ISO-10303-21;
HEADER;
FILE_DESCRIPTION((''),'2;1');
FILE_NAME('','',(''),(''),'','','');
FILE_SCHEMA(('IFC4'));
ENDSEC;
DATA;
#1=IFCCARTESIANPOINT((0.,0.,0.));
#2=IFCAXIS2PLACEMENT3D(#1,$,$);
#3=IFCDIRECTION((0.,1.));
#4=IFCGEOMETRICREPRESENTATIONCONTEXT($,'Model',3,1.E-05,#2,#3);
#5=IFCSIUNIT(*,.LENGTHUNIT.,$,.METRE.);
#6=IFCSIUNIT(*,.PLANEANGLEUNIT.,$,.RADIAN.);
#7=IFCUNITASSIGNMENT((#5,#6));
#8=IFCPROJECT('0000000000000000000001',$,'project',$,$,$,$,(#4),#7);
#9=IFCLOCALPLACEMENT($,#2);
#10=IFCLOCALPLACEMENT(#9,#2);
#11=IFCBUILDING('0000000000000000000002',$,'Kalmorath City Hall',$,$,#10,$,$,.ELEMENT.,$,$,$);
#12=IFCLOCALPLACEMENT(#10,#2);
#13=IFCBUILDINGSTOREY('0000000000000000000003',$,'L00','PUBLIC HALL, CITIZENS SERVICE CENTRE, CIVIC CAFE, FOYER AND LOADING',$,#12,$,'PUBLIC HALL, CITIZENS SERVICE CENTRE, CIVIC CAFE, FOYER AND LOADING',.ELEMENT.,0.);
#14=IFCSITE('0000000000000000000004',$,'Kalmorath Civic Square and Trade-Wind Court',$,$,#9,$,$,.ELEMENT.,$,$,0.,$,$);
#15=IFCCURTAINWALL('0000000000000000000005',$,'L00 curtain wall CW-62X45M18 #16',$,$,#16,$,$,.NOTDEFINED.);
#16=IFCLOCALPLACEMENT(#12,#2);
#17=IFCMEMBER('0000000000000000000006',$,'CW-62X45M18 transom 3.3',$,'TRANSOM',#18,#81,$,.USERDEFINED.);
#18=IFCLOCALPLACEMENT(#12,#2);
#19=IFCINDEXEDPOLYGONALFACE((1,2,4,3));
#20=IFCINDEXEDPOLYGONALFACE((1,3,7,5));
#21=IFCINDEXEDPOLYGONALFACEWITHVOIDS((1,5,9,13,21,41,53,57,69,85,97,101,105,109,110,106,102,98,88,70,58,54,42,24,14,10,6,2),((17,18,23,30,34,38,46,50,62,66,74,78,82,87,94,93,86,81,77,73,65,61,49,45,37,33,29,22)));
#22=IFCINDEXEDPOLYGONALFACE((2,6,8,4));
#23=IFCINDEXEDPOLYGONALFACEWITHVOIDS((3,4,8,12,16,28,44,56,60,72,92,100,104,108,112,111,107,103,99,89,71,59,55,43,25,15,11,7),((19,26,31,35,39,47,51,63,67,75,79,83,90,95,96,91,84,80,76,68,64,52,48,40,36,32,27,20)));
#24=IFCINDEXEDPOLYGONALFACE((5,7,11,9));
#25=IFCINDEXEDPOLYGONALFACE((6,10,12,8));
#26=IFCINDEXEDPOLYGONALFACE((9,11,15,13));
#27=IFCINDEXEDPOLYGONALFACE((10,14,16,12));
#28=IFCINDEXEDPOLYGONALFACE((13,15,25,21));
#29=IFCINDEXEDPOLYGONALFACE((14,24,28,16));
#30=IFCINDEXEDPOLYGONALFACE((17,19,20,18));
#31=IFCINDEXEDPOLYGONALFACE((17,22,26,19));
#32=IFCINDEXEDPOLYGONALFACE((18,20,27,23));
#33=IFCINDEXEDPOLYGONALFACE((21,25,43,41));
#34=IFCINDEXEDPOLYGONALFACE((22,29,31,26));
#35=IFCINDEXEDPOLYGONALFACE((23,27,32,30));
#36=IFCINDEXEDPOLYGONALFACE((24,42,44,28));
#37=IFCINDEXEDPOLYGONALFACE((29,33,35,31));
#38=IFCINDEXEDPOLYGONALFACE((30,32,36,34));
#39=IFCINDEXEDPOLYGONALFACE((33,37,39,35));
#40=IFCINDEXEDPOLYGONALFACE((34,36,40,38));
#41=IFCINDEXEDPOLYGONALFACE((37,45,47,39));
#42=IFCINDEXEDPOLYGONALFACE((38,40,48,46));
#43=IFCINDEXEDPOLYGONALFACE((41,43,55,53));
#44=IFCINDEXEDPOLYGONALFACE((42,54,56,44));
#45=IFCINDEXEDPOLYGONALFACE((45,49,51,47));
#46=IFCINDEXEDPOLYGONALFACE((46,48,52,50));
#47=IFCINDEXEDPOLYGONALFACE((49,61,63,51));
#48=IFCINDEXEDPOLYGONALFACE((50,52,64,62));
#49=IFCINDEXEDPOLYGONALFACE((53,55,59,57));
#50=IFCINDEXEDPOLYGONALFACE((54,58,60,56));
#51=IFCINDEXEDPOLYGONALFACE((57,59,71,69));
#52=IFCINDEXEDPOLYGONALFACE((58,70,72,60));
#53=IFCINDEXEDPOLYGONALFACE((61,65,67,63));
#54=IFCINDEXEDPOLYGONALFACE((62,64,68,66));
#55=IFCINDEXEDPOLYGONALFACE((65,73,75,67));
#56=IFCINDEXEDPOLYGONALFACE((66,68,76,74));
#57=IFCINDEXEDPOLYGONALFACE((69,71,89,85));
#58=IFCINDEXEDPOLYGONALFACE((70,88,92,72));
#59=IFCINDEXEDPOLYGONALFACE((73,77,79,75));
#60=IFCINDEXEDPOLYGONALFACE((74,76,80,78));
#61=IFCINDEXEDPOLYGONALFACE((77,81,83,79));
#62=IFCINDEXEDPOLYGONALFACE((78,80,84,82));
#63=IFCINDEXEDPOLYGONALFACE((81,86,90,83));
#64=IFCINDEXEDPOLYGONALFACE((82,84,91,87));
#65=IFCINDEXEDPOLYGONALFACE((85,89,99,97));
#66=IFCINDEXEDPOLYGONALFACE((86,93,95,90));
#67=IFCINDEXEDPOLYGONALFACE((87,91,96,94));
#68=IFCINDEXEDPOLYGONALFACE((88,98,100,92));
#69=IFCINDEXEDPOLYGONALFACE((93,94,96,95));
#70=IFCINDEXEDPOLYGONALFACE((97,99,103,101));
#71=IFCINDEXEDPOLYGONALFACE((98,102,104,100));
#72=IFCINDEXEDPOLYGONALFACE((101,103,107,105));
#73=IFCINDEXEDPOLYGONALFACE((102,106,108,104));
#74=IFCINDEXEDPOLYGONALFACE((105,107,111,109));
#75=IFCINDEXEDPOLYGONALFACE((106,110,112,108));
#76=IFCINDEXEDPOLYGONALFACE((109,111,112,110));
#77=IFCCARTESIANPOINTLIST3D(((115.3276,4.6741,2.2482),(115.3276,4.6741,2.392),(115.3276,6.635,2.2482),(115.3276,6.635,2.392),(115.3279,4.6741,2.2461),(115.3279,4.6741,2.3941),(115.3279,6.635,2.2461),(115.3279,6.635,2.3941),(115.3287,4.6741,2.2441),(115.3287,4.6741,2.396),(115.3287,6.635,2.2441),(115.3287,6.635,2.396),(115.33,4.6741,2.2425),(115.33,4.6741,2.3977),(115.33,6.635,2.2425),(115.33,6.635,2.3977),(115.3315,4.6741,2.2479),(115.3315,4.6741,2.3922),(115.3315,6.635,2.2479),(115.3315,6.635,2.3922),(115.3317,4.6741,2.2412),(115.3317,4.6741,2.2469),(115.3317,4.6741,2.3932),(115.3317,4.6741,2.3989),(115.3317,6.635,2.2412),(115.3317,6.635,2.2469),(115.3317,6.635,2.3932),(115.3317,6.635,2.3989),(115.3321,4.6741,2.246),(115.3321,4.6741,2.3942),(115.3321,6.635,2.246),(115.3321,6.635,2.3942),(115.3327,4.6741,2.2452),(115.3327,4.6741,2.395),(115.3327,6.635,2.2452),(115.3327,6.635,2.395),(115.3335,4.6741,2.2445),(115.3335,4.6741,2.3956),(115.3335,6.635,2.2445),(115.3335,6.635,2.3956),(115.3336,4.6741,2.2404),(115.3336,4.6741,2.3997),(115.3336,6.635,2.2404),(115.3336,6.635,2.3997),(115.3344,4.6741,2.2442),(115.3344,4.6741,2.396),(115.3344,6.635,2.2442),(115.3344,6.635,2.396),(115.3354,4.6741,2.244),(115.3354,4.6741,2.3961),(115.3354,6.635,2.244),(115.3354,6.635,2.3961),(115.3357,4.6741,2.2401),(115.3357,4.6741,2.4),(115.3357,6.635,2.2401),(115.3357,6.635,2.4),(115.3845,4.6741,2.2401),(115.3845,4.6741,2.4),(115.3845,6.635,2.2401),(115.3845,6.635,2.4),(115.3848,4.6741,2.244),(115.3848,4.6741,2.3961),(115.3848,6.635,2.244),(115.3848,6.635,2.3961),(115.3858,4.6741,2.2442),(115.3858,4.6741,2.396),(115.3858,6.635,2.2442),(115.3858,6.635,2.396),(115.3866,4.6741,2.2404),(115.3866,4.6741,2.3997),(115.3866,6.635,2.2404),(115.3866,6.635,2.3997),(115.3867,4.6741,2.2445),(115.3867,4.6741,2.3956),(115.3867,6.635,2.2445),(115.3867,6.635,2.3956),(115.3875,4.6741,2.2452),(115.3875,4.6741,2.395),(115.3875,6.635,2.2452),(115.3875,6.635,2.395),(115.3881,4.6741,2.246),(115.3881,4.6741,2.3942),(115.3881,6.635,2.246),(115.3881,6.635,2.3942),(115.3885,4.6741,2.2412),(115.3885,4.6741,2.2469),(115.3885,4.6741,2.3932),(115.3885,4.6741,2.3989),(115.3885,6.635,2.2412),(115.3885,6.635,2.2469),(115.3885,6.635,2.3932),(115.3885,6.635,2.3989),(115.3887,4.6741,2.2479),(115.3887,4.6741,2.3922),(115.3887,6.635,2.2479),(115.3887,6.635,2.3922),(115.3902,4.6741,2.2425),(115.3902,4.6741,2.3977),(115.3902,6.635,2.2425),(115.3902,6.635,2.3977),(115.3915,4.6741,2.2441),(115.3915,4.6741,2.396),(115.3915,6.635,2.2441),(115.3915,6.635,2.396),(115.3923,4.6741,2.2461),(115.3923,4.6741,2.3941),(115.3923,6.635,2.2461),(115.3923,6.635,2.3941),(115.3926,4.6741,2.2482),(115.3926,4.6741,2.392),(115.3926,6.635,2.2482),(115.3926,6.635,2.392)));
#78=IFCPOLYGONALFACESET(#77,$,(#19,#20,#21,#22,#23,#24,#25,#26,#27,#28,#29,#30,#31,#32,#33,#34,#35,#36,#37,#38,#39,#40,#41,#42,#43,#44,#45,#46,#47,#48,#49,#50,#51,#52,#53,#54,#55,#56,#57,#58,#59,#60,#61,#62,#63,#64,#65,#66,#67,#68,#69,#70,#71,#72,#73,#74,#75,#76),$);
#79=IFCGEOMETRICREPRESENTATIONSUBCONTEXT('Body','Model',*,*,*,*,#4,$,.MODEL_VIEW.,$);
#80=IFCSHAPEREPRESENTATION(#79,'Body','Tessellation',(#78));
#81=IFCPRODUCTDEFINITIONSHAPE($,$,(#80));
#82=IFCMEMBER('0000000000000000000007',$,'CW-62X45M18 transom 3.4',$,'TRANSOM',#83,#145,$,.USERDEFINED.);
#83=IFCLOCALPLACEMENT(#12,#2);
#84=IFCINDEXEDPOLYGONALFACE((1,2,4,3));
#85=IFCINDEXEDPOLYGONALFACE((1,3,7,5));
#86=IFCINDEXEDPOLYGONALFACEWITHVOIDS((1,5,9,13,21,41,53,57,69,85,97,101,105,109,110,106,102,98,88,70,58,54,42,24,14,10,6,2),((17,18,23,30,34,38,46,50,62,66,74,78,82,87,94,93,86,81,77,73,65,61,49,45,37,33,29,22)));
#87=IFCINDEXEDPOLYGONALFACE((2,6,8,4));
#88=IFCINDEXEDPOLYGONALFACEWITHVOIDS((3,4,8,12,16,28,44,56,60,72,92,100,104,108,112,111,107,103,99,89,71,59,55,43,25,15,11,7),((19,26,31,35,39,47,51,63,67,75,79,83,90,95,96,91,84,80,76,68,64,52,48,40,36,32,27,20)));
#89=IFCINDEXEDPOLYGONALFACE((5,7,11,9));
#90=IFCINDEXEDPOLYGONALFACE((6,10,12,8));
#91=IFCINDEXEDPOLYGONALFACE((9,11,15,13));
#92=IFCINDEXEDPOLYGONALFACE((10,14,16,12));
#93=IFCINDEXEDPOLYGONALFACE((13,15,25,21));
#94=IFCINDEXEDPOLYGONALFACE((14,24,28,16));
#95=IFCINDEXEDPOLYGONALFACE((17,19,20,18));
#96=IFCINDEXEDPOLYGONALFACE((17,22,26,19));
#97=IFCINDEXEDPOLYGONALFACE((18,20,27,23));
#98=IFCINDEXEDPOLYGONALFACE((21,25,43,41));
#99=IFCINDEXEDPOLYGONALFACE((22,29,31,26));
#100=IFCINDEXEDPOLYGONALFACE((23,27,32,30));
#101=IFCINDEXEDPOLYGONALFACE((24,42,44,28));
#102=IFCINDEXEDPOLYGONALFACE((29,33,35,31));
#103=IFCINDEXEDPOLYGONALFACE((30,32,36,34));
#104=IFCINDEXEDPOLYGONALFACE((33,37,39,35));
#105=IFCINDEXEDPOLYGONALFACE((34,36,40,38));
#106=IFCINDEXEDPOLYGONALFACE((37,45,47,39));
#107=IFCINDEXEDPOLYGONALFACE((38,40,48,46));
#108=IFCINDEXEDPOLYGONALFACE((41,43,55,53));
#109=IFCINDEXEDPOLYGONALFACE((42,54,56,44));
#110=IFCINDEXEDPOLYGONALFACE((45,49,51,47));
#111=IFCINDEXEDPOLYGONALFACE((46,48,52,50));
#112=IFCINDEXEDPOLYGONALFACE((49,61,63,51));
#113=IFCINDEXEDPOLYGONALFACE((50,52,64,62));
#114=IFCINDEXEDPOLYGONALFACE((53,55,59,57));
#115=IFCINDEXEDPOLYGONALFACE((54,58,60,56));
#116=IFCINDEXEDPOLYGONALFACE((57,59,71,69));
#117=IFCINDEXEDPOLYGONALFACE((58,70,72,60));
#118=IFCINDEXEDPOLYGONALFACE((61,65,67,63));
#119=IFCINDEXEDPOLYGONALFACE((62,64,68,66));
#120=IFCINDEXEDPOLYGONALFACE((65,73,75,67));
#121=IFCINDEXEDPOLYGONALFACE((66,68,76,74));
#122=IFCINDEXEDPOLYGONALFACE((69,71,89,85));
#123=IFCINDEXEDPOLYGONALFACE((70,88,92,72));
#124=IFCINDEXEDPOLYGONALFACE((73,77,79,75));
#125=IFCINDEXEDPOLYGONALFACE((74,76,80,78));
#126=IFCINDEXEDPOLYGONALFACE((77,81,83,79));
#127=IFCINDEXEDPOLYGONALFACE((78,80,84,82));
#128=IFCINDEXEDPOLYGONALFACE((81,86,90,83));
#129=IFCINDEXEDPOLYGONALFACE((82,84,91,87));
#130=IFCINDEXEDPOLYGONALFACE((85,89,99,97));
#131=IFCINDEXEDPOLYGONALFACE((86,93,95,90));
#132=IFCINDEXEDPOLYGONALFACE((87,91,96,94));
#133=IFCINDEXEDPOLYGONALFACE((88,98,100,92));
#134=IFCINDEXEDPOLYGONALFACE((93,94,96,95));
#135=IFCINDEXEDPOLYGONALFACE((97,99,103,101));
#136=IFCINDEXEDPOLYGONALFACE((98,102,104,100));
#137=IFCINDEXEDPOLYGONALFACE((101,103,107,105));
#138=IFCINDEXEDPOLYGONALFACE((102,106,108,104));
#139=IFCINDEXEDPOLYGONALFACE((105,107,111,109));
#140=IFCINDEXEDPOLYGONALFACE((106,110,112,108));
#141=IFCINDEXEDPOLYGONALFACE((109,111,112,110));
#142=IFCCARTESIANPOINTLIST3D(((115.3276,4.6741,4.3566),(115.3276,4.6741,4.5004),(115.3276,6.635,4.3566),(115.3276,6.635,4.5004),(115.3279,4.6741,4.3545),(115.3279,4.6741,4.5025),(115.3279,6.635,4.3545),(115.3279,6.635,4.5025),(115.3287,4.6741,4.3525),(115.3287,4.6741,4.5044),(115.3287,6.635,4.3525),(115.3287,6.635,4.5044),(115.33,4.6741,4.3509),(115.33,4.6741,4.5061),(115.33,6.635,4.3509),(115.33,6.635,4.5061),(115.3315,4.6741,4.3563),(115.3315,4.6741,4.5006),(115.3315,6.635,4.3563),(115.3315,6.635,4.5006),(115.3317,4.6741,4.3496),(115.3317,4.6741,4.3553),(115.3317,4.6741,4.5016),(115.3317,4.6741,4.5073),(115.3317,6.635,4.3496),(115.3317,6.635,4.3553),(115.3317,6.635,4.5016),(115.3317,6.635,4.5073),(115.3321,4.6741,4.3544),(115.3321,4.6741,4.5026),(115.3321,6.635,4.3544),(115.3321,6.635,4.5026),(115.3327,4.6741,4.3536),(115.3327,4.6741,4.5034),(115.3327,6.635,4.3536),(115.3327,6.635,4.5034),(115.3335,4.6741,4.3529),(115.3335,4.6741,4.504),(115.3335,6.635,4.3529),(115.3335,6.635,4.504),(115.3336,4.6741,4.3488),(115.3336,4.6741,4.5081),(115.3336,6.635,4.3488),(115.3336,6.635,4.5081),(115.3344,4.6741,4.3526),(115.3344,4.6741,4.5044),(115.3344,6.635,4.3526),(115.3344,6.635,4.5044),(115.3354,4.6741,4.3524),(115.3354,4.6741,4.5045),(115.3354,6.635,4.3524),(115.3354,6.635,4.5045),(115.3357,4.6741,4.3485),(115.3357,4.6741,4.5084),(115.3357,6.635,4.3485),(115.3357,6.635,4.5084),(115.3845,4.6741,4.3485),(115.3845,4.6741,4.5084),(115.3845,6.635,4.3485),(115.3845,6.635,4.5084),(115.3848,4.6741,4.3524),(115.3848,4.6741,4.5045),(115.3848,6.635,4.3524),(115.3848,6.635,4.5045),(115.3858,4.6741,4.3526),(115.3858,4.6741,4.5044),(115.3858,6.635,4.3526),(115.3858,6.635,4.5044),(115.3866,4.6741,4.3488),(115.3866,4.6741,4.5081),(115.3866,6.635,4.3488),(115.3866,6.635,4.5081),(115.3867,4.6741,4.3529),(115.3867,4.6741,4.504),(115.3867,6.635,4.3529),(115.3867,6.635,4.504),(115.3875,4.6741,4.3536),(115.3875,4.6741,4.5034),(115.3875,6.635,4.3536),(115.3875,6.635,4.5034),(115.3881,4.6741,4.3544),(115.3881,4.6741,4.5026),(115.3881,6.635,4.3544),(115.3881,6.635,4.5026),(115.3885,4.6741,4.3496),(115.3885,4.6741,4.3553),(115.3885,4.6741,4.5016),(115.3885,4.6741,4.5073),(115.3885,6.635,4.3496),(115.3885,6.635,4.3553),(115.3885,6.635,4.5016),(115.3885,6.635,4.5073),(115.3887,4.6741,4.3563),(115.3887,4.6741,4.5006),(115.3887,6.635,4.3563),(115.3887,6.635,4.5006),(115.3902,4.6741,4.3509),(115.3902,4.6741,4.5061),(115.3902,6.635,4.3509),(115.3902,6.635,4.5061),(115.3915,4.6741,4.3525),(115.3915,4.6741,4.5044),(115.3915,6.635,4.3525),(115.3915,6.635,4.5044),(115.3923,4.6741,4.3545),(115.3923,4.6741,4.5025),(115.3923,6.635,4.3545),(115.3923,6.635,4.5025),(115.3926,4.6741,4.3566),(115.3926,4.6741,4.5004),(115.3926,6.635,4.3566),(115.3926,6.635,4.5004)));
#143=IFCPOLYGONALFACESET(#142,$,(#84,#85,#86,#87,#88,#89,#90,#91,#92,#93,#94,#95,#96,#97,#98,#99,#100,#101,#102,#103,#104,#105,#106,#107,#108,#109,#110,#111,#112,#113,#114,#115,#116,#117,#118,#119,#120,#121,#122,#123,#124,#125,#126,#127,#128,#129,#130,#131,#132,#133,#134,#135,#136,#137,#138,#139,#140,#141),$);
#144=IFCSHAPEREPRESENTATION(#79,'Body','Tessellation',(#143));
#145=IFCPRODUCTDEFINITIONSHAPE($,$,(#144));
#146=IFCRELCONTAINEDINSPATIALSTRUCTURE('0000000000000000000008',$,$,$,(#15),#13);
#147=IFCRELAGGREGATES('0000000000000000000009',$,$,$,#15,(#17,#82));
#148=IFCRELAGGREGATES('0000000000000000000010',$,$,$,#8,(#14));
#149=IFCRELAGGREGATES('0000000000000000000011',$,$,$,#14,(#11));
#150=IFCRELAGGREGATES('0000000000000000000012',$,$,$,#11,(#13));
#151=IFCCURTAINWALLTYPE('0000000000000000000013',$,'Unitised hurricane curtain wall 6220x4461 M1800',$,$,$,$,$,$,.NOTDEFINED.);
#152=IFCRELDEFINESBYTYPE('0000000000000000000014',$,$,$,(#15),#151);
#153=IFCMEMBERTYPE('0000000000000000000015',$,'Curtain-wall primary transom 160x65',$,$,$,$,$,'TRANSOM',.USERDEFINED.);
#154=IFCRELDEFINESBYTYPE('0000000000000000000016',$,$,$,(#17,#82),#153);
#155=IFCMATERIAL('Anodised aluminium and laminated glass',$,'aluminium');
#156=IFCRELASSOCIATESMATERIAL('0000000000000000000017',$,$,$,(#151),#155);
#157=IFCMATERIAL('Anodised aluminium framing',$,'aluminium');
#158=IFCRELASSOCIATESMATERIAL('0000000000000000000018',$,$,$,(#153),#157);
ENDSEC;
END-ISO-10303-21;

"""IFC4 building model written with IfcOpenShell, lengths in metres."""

from ifc_helpers import new_model, si_unit, direction, frame, origin, origin_2d, place, context, subcontext, project, spatial, hollow_rectangle, extrude, material, material_profile, profile_set, type_object, element, aggregate, save


model = new_model("IFC4")

# Units and contexts
model_context = context("Model", 3, precision=1e-05, world=origin(), true_north=direction((0.0, 1.0)))
body_context = subcontext(model_context, "Body", "Model", "MODEL_VIEW")
ifc_project = project(units=[si_unit("LENGTHUNIT", "METRE"), si_unit("PLANEANGLEUNIT", "RADIAN")], contexts=[model_context])

# Site, building, storey
site_placement = place(None, origin())
site = spatial("IfcSite", under=ifc_project, at=site_placement, Name="Kalmorath Civic Square and Trade-Wind Court", CompositionType="ELEMENT", RefElevation=0.0)
building_placement = place(site_placement, origin())
building = spatial("IfcBuilding", under=site, at=building_placement, Name="Kalmorath City Hall", CompositionType="ELEMENT")
storey_placement = place(building_placement, origin())
storey = spatial("IfcBuildingStorey", under=building, at=storey_placement, Name="L00", Description="PUBLIC HALL, CITIZENS SERVICE CENTRE, CIVIC CAFE, FOYER AND LOADING", LongName="PUBLIC HALL, CITIZENS SERVICE CENTRE, CIVIC CAFE, FOYER AND LOADING", CompositionType="ELEMENT", Elevation=0.0)

# Curtain wall
ifc_material_1 = material(Name="Anodised aluminium and laminated glass", Category="aluminium")
curtain_wall_type = type_object("IfcCurtainWallType", Name="Unitised hurricane curtain wall 6220x4461 M1800", PredefinedType="NOTDEFINED", material=ifc_material_1)
curtain_wall_1_placement = place(storey_placement, origin())
curtain_wall_1 = element("IfcCurtainWall", 1, at=curtain_wall_1_placement, inside=storey, type_object=curtain_wall_type, Name="L00 curtain wall CW-62X45M18 #16", PredefinedType="NOTDEFINED")

# Members
ifc_material_2 = material(Name="Anodised aluminium framing", Category="aluminium")
ifc_material_profile_1 = material_profile(ifc_material_2, hollow_rectangle(XDim=0.0649, YDim=0.1599, WallThickness=0.0039, InnerFilletRadius=0.0039, OuterFilletRadius=0.0081, at=origin_2d()), Name="ALU-TRN-160X65X4")
ifc_profile_set_1 = profile_set([ifc_material_profile_1], Name="Anodised aluminium framing")
member_type_1 = type_object("IfcMemberType", Name="Curtain-wall primary transom 160x65", ElementType="TRANSOM", PredefinedType="USERDEFINED", material=ifc_profile_set_1)
member_1_placement = place(storey_placement, frame((115.3601, 4.6741, 2.3201), z_axis=(0.0, 1.0, 0.0), x_axis=(-1.0, 0.0, 0.0)))
member_1 = element("IfcMember", 2, at=member_1_placement, type_object=member_type_1, Name="CW-62X45M18 transom 3.3", ObjectType="TRANSOM", PredefinedType="USERDEFINED", context=body_context, shape_type="SweptSolid", body=[
    extrude(hollow_rectangle(XDim=0.0649, YDim=0.1599, WallThickness=0.0039, InnerFilletRadius=0.0039, OuterFilletRadius=0.0081, at=origin_2d()), origin(), (0.0, 0.0, 1.0), 1.9609),
])
member_2_placement = place(storey_placement, frame((115.3601, 4.6741, 4.4285), z_axis=(0.0, 1.0, 0.0), x_axis=(-1.0, 0.0, 0.0)))
member_2 = element("IfcMember", 3, at=member_2_placement, type_object=member_type_1, Name="CW-62X45M18 transom 3.4", ObjectType="TRANSOM", PredefinedType="USERDEFINED", context=body_context, shape_type="SweptSolid", body=[
    extrude(hollow_rectangle(XDim=0.0649, YDim=0.1599, WallThickness=0.0039, InnerFilletRadius=0.0039, OuterFilletRadius=0.0081, at=origin_2d()), origin(), (0.0, 0.0, 1.0), 1.9609),
])

aggregate(curtain_wall_1, [member_1, member_2])

save(model, "model.ifc")
